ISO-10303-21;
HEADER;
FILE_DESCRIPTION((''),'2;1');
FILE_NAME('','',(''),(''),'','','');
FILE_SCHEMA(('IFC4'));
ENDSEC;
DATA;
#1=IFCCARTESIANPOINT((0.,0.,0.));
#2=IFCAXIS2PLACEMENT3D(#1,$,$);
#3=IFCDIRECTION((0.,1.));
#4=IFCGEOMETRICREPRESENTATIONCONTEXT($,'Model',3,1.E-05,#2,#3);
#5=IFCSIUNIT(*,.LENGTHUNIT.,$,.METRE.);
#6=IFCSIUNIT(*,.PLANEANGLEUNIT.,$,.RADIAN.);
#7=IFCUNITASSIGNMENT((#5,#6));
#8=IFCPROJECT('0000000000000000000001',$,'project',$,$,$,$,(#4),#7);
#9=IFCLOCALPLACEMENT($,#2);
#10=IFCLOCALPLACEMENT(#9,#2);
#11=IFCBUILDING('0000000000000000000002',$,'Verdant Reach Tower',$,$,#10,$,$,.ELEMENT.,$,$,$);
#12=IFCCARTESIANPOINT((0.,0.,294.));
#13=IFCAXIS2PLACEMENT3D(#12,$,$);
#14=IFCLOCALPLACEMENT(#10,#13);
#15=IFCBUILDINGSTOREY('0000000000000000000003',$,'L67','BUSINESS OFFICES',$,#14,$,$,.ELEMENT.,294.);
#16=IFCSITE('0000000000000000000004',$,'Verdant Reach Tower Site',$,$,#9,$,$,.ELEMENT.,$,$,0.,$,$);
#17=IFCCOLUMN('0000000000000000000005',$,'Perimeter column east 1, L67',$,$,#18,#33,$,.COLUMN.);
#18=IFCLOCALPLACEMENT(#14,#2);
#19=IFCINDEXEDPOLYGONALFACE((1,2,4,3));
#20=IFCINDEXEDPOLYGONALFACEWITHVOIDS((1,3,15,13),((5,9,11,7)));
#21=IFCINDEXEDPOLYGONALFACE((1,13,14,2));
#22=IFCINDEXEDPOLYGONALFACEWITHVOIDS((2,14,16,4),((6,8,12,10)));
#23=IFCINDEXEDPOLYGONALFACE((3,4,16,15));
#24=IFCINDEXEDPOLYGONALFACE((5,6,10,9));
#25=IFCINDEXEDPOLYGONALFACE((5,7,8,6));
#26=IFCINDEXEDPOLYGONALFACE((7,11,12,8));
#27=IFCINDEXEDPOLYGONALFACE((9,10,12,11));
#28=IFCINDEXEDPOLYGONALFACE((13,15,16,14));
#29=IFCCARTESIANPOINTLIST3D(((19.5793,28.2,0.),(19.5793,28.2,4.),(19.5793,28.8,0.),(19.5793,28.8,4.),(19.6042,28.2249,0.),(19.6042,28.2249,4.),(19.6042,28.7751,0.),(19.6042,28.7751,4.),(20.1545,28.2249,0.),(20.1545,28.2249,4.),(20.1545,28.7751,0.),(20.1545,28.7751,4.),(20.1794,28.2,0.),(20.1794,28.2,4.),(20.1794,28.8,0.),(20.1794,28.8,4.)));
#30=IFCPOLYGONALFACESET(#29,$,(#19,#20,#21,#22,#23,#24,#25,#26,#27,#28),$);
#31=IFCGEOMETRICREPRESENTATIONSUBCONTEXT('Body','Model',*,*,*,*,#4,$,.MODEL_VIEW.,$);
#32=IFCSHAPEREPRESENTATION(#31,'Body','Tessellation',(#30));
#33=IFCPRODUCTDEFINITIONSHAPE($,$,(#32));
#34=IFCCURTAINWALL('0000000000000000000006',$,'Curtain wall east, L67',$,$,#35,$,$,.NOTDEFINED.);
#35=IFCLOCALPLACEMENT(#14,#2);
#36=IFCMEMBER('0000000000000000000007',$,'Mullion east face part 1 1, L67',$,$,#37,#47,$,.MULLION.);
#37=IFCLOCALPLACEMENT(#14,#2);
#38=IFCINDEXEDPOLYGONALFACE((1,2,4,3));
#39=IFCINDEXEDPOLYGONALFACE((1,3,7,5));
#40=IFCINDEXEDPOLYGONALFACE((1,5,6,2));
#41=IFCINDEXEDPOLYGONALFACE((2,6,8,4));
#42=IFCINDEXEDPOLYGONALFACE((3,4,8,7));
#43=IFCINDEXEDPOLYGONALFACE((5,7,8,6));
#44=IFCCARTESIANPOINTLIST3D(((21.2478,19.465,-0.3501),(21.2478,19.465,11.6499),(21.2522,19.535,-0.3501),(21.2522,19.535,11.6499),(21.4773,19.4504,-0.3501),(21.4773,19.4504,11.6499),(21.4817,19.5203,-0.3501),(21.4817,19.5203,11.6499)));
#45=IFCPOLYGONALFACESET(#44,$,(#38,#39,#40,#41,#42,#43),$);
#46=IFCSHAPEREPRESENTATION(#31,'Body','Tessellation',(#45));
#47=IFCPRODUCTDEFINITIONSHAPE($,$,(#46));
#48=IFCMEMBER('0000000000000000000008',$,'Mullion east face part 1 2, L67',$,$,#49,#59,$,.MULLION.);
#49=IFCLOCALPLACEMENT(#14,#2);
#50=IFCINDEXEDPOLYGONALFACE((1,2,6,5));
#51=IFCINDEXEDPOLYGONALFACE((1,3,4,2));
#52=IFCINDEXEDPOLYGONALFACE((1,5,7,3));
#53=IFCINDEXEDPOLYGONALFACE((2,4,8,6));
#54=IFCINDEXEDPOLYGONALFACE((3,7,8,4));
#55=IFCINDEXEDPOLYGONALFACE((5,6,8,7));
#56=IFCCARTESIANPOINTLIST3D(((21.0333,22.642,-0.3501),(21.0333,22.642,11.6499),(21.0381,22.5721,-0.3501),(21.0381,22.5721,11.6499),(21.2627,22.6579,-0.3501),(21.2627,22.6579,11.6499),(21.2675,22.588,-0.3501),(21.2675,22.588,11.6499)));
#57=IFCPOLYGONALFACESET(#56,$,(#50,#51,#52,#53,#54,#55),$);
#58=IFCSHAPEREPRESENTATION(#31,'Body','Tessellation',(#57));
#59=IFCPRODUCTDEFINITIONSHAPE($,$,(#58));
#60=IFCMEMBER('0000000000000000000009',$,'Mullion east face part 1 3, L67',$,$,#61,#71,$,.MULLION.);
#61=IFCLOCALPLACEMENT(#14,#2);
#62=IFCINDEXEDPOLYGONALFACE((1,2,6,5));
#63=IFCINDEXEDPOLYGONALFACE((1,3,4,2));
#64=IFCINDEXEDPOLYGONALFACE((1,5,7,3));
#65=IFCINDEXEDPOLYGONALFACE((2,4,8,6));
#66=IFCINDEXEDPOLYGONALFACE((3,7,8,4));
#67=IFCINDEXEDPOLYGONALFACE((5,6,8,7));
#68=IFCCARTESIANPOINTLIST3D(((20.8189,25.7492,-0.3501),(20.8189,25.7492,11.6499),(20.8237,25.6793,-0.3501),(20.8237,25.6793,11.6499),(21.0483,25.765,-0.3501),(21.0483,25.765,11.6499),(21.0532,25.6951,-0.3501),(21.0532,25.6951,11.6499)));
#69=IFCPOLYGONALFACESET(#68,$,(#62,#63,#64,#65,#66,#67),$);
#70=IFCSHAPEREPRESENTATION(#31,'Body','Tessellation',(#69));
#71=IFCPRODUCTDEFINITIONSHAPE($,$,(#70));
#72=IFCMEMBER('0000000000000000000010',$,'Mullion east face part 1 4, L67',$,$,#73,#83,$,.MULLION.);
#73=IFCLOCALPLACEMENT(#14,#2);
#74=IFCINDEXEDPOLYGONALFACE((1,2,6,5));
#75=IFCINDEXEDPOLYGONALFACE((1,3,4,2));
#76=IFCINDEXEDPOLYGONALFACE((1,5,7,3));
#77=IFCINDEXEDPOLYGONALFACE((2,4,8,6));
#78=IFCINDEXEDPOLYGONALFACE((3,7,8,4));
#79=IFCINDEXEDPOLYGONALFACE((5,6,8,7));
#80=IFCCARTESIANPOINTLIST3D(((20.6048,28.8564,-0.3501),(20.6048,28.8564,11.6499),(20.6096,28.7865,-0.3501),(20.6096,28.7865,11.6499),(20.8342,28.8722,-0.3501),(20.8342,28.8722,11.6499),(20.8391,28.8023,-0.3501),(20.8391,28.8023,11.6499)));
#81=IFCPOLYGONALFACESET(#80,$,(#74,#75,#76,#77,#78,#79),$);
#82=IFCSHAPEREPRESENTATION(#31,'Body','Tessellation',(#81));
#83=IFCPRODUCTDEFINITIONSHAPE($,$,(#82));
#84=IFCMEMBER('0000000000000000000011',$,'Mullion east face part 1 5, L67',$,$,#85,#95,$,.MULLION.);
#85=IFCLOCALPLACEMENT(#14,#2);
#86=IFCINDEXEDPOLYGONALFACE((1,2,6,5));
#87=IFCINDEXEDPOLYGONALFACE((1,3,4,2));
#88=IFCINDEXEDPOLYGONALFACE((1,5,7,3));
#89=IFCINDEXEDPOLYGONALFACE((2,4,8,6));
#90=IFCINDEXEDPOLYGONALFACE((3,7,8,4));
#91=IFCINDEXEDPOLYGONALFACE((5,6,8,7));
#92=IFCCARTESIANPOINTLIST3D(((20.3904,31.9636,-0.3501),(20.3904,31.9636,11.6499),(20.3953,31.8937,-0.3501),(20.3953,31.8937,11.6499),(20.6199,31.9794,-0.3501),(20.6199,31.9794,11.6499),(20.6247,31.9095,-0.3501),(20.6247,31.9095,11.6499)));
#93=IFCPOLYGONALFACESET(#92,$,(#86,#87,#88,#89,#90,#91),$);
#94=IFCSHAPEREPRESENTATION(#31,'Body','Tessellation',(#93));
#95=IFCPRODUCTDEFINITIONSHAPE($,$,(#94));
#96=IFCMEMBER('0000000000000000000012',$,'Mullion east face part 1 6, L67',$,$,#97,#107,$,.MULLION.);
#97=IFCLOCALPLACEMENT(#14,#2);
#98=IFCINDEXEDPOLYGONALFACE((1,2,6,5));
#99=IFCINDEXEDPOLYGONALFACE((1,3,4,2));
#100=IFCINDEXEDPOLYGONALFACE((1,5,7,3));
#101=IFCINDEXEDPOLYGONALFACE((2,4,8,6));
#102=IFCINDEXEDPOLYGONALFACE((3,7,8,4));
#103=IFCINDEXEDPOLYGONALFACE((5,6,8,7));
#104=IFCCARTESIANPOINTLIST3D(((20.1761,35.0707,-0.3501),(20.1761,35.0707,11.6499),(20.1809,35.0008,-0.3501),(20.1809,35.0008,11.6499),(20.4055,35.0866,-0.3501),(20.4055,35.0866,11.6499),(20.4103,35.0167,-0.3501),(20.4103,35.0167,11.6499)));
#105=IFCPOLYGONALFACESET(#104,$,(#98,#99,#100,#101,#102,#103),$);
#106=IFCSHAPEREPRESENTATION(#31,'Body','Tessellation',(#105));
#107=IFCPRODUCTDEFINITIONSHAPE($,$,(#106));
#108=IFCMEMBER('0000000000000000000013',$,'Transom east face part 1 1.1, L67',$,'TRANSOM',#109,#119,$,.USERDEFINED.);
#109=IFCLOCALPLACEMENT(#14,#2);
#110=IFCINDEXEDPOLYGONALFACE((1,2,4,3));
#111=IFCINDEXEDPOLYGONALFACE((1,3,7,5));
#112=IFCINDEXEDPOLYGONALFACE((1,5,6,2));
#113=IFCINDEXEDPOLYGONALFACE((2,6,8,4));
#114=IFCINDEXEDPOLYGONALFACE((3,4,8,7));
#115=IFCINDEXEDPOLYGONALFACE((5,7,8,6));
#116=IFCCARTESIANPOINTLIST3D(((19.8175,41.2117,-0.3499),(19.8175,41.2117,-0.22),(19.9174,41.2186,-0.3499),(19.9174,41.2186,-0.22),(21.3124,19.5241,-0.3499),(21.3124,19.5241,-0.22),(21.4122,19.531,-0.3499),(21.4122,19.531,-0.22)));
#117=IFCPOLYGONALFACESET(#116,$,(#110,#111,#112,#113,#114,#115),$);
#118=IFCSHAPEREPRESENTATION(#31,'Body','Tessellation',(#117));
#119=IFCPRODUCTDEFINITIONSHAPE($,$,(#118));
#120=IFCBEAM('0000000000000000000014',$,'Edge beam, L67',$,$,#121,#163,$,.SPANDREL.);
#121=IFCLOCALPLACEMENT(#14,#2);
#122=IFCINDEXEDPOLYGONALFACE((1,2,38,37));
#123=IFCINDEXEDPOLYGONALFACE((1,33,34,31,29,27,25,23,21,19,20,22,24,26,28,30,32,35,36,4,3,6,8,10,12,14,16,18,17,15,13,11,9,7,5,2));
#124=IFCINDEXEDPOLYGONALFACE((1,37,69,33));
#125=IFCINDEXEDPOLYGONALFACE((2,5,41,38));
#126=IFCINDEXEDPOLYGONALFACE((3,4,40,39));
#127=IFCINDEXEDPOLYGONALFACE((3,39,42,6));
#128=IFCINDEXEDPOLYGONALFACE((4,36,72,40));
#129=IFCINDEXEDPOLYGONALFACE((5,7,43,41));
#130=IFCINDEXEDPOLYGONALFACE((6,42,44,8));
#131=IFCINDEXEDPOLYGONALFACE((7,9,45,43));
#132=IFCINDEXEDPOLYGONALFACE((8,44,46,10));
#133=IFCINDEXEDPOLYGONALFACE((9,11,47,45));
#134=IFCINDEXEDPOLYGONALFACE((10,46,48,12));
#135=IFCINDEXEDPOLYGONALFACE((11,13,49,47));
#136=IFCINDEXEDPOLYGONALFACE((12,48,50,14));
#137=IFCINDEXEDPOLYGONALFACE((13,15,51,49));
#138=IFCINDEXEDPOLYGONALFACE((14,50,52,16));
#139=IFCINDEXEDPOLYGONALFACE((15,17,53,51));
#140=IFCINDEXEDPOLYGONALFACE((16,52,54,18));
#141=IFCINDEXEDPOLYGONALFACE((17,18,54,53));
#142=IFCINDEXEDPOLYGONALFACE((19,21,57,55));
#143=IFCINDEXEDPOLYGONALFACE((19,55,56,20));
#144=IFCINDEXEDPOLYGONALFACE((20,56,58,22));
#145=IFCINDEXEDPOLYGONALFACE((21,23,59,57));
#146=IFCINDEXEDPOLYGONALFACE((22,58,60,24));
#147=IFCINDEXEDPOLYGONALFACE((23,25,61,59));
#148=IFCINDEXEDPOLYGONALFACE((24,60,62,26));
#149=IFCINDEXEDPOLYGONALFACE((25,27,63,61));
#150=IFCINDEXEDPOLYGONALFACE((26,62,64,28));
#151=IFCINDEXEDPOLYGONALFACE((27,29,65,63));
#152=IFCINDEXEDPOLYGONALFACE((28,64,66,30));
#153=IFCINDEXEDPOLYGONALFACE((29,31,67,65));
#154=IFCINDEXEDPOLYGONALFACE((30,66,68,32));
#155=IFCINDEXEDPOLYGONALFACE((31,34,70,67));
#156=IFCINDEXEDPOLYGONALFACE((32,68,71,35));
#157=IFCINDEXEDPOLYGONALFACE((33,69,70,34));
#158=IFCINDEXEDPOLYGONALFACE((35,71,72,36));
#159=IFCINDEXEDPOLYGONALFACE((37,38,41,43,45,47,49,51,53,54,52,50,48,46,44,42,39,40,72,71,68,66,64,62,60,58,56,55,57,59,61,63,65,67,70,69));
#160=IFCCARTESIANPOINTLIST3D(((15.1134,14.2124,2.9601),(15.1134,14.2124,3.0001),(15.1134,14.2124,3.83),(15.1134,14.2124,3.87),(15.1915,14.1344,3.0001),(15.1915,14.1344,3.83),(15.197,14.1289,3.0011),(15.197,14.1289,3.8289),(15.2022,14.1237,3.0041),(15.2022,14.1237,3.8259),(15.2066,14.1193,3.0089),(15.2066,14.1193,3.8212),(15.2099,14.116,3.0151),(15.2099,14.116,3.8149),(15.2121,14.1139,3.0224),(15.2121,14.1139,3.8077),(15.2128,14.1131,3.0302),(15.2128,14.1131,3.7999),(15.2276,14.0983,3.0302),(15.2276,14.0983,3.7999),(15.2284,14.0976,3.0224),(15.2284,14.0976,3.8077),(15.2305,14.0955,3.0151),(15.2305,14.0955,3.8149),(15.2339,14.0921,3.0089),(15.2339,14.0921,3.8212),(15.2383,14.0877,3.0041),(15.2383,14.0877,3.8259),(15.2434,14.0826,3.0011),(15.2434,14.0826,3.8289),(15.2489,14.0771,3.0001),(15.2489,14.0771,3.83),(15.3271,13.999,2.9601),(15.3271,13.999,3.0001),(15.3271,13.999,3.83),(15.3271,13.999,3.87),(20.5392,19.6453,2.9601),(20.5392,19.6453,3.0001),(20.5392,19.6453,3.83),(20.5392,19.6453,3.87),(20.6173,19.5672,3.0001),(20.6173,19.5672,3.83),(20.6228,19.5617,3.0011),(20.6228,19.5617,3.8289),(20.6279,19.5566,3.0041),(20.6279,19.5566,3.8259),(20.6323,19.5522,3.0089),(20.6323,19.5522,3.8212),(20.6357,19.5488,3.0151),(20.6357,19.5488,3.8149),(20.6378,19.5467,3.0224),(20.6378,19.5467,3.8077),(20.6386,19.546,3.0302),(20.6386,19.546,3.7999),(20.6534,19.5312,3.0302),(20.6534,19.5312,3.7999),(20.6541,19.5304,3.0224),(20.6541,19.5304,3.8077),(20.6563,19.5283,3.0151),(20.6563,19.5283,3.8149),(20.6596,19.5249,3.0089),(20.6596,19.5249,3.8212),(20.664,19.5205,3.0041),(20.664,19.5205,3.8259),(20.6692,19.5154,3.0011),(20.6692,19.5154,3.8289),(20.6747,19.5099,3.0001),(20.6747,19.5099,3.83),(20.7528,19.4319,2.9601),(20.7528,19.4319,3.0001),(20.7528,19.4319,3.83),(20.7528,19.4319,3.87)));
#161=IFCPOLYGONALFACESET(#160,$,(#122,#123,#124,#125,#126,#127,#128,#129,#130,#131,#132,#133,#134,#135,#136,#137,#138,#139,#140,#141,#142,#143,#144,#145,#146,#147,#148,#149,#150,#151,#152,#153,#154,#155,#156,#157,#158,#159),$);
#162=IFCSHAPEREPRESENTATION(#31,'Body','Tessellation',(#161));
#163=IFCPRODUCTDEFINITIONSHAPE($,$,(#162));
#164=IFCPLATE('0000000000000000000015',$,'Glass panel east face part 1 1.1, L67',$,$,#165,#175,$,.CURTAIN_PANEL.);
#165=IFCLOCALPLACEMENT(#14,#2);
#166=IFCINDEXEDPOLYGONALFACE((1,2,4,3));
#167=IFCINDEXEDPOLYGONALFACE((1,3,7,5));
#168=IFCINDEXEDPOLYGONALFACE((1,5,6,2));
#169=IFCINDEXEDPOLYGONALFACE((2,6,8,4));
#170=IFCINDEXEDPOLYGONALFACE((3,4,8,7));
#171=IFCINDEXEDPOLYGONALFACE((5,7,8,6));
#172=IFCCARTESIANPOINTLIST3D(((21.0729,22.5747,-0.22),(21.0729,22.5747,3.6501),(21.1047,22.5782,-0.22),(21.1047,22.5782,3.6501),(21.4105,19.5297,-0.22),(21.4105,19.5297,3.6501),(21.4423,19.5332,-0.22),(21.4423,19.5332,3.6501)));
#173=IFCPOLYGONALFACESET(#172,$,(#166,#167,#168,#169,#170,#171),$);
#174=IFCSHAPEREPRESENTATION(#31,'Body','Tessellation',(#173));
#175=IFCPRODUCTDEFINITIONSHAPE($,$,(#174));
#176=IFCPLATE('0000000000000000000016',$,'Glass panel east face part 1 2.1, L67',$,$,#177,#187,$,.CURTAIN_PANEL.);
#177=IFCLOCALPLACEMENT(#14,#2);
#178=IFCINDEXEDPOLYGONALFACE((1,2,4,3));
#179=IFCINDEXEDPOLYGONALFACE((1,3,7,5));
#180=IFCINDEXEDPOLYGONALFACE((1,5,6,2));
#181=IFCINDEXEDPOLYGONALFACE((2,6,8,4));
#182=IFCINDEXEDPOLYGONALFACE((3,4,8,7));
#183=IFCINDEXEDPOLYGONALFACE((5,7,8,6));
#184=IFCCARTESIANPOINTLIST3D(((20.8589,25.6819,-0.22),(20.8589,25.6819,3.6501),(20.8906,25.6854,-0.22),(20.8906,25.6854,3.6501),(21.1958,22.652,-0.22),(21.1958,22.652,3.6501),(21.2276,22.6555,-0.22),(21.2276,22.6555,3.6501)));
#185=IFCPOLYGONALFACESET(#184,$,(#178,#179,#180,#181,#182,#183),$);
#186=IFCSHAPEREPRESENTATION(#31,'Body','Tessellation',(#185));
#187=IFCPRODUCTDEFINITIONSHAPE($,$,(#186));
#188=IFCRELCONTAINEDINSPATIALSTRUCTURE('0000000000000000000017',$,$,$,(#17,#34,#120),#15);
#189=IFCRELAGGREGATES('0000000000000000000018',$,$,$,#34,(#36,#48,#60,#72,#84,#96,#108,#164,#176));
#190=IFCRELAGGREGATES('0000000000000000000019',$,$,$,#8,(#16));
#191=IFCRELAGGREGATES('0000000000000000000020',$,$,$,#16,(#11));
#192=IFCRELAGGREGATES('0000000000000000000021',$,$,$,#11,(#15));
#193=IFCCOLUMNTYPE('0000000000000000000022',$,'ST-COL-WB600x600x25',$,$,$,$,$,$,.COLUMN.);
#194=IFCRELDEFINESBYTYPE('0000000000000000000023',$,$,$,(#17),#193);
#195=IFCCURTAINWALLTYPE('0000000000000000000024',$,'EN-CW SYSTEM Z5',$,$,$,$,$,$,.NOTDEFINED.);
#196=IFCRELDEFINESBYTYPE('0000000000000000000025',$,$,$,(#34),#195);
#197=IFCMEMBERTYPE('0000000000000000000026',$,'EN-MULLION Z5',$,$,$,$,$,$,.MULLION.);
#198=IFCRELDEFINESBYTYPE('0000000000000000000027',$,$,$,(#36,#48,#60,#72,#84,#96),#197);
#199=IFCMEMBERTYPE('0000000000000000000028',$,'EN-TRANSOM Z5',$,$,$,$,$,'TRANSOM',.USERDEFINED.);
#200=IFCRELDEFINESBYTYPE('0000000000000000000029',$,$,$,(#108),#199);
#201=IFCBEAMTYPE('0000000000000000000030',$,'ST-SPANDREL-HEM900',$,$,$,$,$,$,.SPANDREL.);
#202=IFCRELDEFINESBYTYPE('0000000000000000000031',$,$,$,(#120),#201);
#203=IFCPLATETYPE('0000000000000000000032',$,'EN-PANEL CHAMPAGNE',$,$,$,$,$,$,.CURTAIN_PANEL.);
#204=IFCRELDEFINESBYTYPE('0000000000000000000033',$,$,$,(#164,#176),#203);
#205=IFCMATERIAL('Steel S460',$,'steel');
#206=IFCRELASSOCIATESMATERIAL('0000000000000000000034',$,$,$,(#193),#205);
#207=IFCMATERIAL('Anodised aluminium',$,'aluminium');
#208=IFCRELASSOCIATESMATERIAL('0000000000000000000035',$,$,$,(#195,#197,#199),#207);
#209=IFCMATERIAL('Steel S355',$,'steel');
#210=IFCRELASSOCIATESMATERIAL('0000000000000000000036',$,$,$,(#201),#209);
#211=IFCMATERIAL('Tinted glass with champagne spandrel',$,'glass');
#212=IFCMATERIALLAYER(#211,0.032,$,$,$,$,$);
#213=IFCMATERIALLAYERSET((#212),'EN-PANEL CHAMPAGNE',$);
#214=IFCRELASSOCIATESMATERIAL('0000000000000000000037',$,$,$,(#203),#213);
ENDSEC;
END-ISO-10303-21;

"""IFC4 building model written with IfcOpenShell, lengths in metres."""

from ifc_helpers import new_model, si_unit, direction, frame, origin, origin_2d, place, context, subcontext, project, spatial, rectangle, hollow_rectangle, i_section, extrude, material, layer, layer_set, material_profile, profile_set, type_object, element, aggregate, save


model = new_model("IFC4")

# Units and contexts
model_context = context("Model", 3, precision=1e-05, world=origin(), true_north=direction((0.0, 1.0)))
body_context = subcontext(model_context, "Body", "Model", "MODEL_VIEW")
ifc_project = project(units=[si_unit("LENGTHUNIT", "METRE"), si_unit("PLANEANGLEUNIT", "RADIAN")], contexts=[model_context])

# Site, building, storey
site_placement = place(None, origin())
site = spatial("IfcSite", under=ifc_project, at=site_placement, Name="Verdant Reach Tower Site", CompositionType="ELEMENT", RefElevation=0.0)
building_placement = place(site_placement, origin())
building = spatial("IfcBuilding", under=site, at=building_placement, Name="Verdant Reach Tower", CompositionType="ELEMENT")
storey_placement = place(building_placement, frame((0.0, 0.0, 294.0)))
storey = spatial("IfcBuildingStorey", under=building, at=storey_placement, Name="L67", Description="BUSINESS OFFICES", CompositionType="ELEMENT", Elevation=294.0)

# Column
ifc_material_1 = material(Name="Steel S460", Category="steel")
ifc_material_profile_1 = material_profile(ifc_material_1, hollow_rectangle(XDim=0.6001, YDim=0.6001, WallThickness=0.0249, at=origin_2d()), Name="WB 600x600x25")
ifc_profile_set_1 = profile_set([ifc_material_profile_1], Name="Steel S460")
column_type = type_object("IfcColumnType", Name="ST-COL-WB600x600x25", PredefinedType="COLUMN", material=ifc_profile_set_1)
column_placement = place(storey_placement, frame((19.8794, 28.5, 0.0), z_axis=(0.0, 0.0, 1.0), x_axis=(1.0, 0.0, 0.0)))
element("IfcColumn", 1, at=column_placement, inside=storey, type_object=column_type, Name="Perimeter column east 1, L67", PredefinedType="COLUMN", context=body_context, shape_type="SweptSolid", body=[
    extrude(hollow_rectangle(XDim=0.6001, YDim=0.6001, WallThickness=0.0249, at=origin_2d()), origin(), (0.0, 0.0, 1.0), 4.0),
])

# Curtain wall, members
ifc_material_2 = material(Name="Anodised aluminium", Category="aluminium")
curtain_wall_type = type_object("IfcCurtainWallType", Name="EN-CW SYSTEM Z5", PredefinedType="NOTDEFINED", material=ifc_material_2)
curtain_wall_placement = place(storey_placement, origin())
curtain_wall = element("IfcCurtainWall", 2, at=curtain_wall_placement, inside=storey, type_object=curtain_wall_type, Name="Curtain wall east, L67", PredefinedType="NOTDEFINED")
ifc_material_profile_2 = material_profile(ifc_material_2, rectangle(XDim=0.23, YDim=0.0701, at=origin_2d()), Name="Mullion 70x230")
ifc_profile_set_2 = profile_set([ifc_material_profile_2], Name="Anodised aluminium")
member_type_1 = type_object("IfcMemberType", Name="EN-MULLION Z5", PredefinedType="MULLION", material=ifc_profile_set_2)
member_1_placement = place(storey_placement, frame((21.3647, 19.4927, -0.3501), z_axis=(0.0, 0.0, 1.0), x_axis=(0.997969, -0.063699, 0.0)))
member_1 = element("IfcMember", 3, at=member_1_placement, type_object=member_type_1, Name="Mullion east face part 1 1, L67", PredefinedType="MULLION", context=body_context, shape_type="SweptSolid", body=[
    extrude(rectangle(XDim=0.23, YDim=0.0701, at=origin_2d()), origin(), (0.0, 0.0, 1.0), 12.0),
])
member_2_placement = place(storey_placement, frame((21.1504, 22.615, -0.3501), z_axis=(0.0, 0.0, 1.0), x_axis=(0.99763, 0.068802, 0.0)))
member_2 = element("IfcMember", 4, at=member_2_placement, type_object=member_type_1, Name="Mullion east face part 1 2, L67", PredefinedType="MULLION", context=body_context, shape_type="SweptSolid", body=[
    extrude(rectangle(XDim=0.23, YDim=0.0701, at=origin_2d()), origin(), (0.0, 0.0, 1.0), 12.0),
])
member_3_placement = place(storey_placement, frame((20.936, 25.7222, -0.3501), z_axis=(0.0, 0.0, 1.0), x_axis=(0.99763, 0.068802, 0.0)))
member_3 = element("IfcMember", 5, at=member_3_placement, type_object=member_type_1, Name="Mullion east face part 1 3, L67", PredefinedType="MULLION", context=body_context, shape_type="SweptSolid", body=[
    extrude(rectangle(XDim=0.23, YDim=0.0701, at=origin_2d()), origin(), (0.0, 0.0, 1.0), 12.0),
])
member_4_placement = place(storey_placement, frame((20.7219, 28.8293, -0.3501), z_axis=(0.0, 0.0, 1.0), x_axis=(0.99763, 0.068802, 0.0)))
member_4 = element("IfcMember", 6, at=member_4_placement, type_object=member_type_1, Name="Mullion east face part 1 4, L67", PredefinedType="MULLION", context=body_context, shape_type="SweptSolid", body=[
    extrude(rectangle(XDim=0.23, YDim=0.0701, at=origin_2d()), origin(), (0.0, 0.0, 1.0), 12.0),
])
member_5_placement = place(storey_placement, frame((20.5076, 31.9365, -0.3501), z_axis=(0.0, 0.0, 1.0), x_axis=(0.99763, 0.068802, 0.0)))
member_5 = element("IfcMember", 7, at=member_5_placement, type_object=member_type_1, Name="Mullion east face part 1 5, L67", PredefinedType="MULLION", context=body_context, shape_type="SweptSolid", body=[
    extrude(rectangle(XDim=0.23, YDim=0.0701, at=origin_2d()), origin(), (0.0, 0.0, 1.0), 12.0),
])
member_6_placement = place(storey_placement, frame((20.2932, 35.0437, -0.3501), z_axis=(0.0, 0.0, 1.0), x_axis=(0.99763, 0.068802, 0.0)))
member_6 = element("IfcMember", 8, at=member_6_placement, type_object=member_type_1, Name="Mullion east face part 1 6, L67", PredefinedType="MULLION", context=body_context, shape_type="SweptSolid", body=[
    extrude(rectangle(XDim=0.23, YDim=0.0701, at=origin_2d()), origin(), (0.0, 0.0, 1.0), 12.0),
])
ifc_material_profile_3 = material_profile(ifc_material_2, rectangle(XDim=0.1001, YDim=0.1299, at=origin_2d()), Name="Transom 130x100")
ifc_profile_set_3 = profile_set([ifc_material_profile_3], Name="Anodised aluminium")
member_type_2 = type_object("IfcMemberType", Name="EN-TRANSOM Z5", ElementType="TRANSOM", PredefinedType="USERDEFINED", material=ifc_profile_set_3)
member_7_placement = place(storey_placement, frame((21.3623, 19.5276, -0.2849), z_axis=(-0.068765, 0.997633, 0.0), x_axis=(-0.997633, -0.068765, 0.0)))
member_7 = element("IfcMember", 9, at=member_7_placement, type_object=member_type_2, Name="Transom east face part 1 1.1, L67", ObjectType="TRANSOM", PredefinedType="USERDEFINED", context=body_context, shape_type="SweptSolid", body=[
    extrude(rectangle(XDim=0.1001, YDim=0.1299, at=origin_2d()), origin(), (0.0, 0.0, 1.0), 21.739),
])

# Beam
ifc_material_3 = material(Name="Steel S355", Category="steel")
ifc_material_profile_4 = material_profile(ifc_material_3, i_section(OverallWidth=0.302, OverallDepth=0.9099, WebThickness=0.021, FlangeThickness=0.04, FilletRadius=0.03, at=origin_2d()), Name="HEM 900")
ifc_profile_set_4 = profile_set([ifc_material_profile_4], Name="Steel S355")
beam_type = type_object("IfcBeamType", Name="ST-SPANDREL-HEM900", PredefinedType="SPANDREL", material=ifc_profile_set_4)
beam_placement = place(storey_placement, frame((20.646, 19.5386, 3.415), z_axis=(-0.706646, -0.707568, 0.0), x_axis=(0.707568, -0.706646, 0.0)))
element("IfcBeam", 10, at=beam_placement, inside=storey, type_object=beam_type, Name="Edge beam, L67", PredefinedType="SPANDREL", context=body_context, shape_type="SweptSolid", body=[
    extrude(i_section(OverallWidth=0.302, OverallDepth=0.9099, WebThickness=0.021, FlangeThickness=0.04, FilletRadius=0.03, at=origin_2d()), origin(), (0.0, 0.0, 1.0), 7.6782),
])

# Plates
ifc_material_4 = material(Name="Tinted glass with champagne spandrel", Category="glass")
ifc_layer_1 = layer(ifc_material_4, 0.032)
ifc_layer_set_1 = layer_set([ifc_layer_1], Name="EN-PANEL CHAMPAGNE")
plate_type_1 = type_object("IfcPlateType", Name="EN-PANEL CHAMPAGNE", PredefinedType="CURTAIN_PANEL", material=ifc_layer_set_1)
plate_1_placement = place(storey_placement, frame((21.2576, 21.054, -0.22), z_axis=(0.0, 0.0, 1.0), x_axis=(-0.110198, 0.99391, 0.0)))
plate_1 = element("IfcPlate", 11, at=plate_1_placement, type_object=plate_type_1, Name="Glass panel east face part 1 1.1, L67", PredefinedType="CURTAIN_PANEL", context=body_context, shape_type="SweptSolid", body=[
    extrude(rectangle(XDim=3.0637, YDim=0.032, at=origin_2d()), origin(), (0.0, 0.0, 1.0), 3.8701),
])
plate_2_placement = place(storey_placement, frame((21.0432, 24.1687, -0.22), z_axis=(0.0, 0.0, 1.0), x_axis=(-0.110518, 0.993874, 0.0)))
plate_2 = element("IfcPlate", 12, at=plate_2_placement, type_object=plate_type_1, Name="Glass panel east face part 1 2.1, L67", PredefinedType="CURTAIN_PANEL", context=body_context, shape_type="SweptSolid", body=[
    extrude(rectangle(XDim=3.0486, YDim=0.032, at=origin_2d()), origin(), (0.0, 0.0, 1.0), 3.8701),
])
aggregate(curtain_wall, [member_1, member_2, member_3, member_4, member_5, member_6, member_7, plate_1, plate_2])

save(model, "model.ifc")
